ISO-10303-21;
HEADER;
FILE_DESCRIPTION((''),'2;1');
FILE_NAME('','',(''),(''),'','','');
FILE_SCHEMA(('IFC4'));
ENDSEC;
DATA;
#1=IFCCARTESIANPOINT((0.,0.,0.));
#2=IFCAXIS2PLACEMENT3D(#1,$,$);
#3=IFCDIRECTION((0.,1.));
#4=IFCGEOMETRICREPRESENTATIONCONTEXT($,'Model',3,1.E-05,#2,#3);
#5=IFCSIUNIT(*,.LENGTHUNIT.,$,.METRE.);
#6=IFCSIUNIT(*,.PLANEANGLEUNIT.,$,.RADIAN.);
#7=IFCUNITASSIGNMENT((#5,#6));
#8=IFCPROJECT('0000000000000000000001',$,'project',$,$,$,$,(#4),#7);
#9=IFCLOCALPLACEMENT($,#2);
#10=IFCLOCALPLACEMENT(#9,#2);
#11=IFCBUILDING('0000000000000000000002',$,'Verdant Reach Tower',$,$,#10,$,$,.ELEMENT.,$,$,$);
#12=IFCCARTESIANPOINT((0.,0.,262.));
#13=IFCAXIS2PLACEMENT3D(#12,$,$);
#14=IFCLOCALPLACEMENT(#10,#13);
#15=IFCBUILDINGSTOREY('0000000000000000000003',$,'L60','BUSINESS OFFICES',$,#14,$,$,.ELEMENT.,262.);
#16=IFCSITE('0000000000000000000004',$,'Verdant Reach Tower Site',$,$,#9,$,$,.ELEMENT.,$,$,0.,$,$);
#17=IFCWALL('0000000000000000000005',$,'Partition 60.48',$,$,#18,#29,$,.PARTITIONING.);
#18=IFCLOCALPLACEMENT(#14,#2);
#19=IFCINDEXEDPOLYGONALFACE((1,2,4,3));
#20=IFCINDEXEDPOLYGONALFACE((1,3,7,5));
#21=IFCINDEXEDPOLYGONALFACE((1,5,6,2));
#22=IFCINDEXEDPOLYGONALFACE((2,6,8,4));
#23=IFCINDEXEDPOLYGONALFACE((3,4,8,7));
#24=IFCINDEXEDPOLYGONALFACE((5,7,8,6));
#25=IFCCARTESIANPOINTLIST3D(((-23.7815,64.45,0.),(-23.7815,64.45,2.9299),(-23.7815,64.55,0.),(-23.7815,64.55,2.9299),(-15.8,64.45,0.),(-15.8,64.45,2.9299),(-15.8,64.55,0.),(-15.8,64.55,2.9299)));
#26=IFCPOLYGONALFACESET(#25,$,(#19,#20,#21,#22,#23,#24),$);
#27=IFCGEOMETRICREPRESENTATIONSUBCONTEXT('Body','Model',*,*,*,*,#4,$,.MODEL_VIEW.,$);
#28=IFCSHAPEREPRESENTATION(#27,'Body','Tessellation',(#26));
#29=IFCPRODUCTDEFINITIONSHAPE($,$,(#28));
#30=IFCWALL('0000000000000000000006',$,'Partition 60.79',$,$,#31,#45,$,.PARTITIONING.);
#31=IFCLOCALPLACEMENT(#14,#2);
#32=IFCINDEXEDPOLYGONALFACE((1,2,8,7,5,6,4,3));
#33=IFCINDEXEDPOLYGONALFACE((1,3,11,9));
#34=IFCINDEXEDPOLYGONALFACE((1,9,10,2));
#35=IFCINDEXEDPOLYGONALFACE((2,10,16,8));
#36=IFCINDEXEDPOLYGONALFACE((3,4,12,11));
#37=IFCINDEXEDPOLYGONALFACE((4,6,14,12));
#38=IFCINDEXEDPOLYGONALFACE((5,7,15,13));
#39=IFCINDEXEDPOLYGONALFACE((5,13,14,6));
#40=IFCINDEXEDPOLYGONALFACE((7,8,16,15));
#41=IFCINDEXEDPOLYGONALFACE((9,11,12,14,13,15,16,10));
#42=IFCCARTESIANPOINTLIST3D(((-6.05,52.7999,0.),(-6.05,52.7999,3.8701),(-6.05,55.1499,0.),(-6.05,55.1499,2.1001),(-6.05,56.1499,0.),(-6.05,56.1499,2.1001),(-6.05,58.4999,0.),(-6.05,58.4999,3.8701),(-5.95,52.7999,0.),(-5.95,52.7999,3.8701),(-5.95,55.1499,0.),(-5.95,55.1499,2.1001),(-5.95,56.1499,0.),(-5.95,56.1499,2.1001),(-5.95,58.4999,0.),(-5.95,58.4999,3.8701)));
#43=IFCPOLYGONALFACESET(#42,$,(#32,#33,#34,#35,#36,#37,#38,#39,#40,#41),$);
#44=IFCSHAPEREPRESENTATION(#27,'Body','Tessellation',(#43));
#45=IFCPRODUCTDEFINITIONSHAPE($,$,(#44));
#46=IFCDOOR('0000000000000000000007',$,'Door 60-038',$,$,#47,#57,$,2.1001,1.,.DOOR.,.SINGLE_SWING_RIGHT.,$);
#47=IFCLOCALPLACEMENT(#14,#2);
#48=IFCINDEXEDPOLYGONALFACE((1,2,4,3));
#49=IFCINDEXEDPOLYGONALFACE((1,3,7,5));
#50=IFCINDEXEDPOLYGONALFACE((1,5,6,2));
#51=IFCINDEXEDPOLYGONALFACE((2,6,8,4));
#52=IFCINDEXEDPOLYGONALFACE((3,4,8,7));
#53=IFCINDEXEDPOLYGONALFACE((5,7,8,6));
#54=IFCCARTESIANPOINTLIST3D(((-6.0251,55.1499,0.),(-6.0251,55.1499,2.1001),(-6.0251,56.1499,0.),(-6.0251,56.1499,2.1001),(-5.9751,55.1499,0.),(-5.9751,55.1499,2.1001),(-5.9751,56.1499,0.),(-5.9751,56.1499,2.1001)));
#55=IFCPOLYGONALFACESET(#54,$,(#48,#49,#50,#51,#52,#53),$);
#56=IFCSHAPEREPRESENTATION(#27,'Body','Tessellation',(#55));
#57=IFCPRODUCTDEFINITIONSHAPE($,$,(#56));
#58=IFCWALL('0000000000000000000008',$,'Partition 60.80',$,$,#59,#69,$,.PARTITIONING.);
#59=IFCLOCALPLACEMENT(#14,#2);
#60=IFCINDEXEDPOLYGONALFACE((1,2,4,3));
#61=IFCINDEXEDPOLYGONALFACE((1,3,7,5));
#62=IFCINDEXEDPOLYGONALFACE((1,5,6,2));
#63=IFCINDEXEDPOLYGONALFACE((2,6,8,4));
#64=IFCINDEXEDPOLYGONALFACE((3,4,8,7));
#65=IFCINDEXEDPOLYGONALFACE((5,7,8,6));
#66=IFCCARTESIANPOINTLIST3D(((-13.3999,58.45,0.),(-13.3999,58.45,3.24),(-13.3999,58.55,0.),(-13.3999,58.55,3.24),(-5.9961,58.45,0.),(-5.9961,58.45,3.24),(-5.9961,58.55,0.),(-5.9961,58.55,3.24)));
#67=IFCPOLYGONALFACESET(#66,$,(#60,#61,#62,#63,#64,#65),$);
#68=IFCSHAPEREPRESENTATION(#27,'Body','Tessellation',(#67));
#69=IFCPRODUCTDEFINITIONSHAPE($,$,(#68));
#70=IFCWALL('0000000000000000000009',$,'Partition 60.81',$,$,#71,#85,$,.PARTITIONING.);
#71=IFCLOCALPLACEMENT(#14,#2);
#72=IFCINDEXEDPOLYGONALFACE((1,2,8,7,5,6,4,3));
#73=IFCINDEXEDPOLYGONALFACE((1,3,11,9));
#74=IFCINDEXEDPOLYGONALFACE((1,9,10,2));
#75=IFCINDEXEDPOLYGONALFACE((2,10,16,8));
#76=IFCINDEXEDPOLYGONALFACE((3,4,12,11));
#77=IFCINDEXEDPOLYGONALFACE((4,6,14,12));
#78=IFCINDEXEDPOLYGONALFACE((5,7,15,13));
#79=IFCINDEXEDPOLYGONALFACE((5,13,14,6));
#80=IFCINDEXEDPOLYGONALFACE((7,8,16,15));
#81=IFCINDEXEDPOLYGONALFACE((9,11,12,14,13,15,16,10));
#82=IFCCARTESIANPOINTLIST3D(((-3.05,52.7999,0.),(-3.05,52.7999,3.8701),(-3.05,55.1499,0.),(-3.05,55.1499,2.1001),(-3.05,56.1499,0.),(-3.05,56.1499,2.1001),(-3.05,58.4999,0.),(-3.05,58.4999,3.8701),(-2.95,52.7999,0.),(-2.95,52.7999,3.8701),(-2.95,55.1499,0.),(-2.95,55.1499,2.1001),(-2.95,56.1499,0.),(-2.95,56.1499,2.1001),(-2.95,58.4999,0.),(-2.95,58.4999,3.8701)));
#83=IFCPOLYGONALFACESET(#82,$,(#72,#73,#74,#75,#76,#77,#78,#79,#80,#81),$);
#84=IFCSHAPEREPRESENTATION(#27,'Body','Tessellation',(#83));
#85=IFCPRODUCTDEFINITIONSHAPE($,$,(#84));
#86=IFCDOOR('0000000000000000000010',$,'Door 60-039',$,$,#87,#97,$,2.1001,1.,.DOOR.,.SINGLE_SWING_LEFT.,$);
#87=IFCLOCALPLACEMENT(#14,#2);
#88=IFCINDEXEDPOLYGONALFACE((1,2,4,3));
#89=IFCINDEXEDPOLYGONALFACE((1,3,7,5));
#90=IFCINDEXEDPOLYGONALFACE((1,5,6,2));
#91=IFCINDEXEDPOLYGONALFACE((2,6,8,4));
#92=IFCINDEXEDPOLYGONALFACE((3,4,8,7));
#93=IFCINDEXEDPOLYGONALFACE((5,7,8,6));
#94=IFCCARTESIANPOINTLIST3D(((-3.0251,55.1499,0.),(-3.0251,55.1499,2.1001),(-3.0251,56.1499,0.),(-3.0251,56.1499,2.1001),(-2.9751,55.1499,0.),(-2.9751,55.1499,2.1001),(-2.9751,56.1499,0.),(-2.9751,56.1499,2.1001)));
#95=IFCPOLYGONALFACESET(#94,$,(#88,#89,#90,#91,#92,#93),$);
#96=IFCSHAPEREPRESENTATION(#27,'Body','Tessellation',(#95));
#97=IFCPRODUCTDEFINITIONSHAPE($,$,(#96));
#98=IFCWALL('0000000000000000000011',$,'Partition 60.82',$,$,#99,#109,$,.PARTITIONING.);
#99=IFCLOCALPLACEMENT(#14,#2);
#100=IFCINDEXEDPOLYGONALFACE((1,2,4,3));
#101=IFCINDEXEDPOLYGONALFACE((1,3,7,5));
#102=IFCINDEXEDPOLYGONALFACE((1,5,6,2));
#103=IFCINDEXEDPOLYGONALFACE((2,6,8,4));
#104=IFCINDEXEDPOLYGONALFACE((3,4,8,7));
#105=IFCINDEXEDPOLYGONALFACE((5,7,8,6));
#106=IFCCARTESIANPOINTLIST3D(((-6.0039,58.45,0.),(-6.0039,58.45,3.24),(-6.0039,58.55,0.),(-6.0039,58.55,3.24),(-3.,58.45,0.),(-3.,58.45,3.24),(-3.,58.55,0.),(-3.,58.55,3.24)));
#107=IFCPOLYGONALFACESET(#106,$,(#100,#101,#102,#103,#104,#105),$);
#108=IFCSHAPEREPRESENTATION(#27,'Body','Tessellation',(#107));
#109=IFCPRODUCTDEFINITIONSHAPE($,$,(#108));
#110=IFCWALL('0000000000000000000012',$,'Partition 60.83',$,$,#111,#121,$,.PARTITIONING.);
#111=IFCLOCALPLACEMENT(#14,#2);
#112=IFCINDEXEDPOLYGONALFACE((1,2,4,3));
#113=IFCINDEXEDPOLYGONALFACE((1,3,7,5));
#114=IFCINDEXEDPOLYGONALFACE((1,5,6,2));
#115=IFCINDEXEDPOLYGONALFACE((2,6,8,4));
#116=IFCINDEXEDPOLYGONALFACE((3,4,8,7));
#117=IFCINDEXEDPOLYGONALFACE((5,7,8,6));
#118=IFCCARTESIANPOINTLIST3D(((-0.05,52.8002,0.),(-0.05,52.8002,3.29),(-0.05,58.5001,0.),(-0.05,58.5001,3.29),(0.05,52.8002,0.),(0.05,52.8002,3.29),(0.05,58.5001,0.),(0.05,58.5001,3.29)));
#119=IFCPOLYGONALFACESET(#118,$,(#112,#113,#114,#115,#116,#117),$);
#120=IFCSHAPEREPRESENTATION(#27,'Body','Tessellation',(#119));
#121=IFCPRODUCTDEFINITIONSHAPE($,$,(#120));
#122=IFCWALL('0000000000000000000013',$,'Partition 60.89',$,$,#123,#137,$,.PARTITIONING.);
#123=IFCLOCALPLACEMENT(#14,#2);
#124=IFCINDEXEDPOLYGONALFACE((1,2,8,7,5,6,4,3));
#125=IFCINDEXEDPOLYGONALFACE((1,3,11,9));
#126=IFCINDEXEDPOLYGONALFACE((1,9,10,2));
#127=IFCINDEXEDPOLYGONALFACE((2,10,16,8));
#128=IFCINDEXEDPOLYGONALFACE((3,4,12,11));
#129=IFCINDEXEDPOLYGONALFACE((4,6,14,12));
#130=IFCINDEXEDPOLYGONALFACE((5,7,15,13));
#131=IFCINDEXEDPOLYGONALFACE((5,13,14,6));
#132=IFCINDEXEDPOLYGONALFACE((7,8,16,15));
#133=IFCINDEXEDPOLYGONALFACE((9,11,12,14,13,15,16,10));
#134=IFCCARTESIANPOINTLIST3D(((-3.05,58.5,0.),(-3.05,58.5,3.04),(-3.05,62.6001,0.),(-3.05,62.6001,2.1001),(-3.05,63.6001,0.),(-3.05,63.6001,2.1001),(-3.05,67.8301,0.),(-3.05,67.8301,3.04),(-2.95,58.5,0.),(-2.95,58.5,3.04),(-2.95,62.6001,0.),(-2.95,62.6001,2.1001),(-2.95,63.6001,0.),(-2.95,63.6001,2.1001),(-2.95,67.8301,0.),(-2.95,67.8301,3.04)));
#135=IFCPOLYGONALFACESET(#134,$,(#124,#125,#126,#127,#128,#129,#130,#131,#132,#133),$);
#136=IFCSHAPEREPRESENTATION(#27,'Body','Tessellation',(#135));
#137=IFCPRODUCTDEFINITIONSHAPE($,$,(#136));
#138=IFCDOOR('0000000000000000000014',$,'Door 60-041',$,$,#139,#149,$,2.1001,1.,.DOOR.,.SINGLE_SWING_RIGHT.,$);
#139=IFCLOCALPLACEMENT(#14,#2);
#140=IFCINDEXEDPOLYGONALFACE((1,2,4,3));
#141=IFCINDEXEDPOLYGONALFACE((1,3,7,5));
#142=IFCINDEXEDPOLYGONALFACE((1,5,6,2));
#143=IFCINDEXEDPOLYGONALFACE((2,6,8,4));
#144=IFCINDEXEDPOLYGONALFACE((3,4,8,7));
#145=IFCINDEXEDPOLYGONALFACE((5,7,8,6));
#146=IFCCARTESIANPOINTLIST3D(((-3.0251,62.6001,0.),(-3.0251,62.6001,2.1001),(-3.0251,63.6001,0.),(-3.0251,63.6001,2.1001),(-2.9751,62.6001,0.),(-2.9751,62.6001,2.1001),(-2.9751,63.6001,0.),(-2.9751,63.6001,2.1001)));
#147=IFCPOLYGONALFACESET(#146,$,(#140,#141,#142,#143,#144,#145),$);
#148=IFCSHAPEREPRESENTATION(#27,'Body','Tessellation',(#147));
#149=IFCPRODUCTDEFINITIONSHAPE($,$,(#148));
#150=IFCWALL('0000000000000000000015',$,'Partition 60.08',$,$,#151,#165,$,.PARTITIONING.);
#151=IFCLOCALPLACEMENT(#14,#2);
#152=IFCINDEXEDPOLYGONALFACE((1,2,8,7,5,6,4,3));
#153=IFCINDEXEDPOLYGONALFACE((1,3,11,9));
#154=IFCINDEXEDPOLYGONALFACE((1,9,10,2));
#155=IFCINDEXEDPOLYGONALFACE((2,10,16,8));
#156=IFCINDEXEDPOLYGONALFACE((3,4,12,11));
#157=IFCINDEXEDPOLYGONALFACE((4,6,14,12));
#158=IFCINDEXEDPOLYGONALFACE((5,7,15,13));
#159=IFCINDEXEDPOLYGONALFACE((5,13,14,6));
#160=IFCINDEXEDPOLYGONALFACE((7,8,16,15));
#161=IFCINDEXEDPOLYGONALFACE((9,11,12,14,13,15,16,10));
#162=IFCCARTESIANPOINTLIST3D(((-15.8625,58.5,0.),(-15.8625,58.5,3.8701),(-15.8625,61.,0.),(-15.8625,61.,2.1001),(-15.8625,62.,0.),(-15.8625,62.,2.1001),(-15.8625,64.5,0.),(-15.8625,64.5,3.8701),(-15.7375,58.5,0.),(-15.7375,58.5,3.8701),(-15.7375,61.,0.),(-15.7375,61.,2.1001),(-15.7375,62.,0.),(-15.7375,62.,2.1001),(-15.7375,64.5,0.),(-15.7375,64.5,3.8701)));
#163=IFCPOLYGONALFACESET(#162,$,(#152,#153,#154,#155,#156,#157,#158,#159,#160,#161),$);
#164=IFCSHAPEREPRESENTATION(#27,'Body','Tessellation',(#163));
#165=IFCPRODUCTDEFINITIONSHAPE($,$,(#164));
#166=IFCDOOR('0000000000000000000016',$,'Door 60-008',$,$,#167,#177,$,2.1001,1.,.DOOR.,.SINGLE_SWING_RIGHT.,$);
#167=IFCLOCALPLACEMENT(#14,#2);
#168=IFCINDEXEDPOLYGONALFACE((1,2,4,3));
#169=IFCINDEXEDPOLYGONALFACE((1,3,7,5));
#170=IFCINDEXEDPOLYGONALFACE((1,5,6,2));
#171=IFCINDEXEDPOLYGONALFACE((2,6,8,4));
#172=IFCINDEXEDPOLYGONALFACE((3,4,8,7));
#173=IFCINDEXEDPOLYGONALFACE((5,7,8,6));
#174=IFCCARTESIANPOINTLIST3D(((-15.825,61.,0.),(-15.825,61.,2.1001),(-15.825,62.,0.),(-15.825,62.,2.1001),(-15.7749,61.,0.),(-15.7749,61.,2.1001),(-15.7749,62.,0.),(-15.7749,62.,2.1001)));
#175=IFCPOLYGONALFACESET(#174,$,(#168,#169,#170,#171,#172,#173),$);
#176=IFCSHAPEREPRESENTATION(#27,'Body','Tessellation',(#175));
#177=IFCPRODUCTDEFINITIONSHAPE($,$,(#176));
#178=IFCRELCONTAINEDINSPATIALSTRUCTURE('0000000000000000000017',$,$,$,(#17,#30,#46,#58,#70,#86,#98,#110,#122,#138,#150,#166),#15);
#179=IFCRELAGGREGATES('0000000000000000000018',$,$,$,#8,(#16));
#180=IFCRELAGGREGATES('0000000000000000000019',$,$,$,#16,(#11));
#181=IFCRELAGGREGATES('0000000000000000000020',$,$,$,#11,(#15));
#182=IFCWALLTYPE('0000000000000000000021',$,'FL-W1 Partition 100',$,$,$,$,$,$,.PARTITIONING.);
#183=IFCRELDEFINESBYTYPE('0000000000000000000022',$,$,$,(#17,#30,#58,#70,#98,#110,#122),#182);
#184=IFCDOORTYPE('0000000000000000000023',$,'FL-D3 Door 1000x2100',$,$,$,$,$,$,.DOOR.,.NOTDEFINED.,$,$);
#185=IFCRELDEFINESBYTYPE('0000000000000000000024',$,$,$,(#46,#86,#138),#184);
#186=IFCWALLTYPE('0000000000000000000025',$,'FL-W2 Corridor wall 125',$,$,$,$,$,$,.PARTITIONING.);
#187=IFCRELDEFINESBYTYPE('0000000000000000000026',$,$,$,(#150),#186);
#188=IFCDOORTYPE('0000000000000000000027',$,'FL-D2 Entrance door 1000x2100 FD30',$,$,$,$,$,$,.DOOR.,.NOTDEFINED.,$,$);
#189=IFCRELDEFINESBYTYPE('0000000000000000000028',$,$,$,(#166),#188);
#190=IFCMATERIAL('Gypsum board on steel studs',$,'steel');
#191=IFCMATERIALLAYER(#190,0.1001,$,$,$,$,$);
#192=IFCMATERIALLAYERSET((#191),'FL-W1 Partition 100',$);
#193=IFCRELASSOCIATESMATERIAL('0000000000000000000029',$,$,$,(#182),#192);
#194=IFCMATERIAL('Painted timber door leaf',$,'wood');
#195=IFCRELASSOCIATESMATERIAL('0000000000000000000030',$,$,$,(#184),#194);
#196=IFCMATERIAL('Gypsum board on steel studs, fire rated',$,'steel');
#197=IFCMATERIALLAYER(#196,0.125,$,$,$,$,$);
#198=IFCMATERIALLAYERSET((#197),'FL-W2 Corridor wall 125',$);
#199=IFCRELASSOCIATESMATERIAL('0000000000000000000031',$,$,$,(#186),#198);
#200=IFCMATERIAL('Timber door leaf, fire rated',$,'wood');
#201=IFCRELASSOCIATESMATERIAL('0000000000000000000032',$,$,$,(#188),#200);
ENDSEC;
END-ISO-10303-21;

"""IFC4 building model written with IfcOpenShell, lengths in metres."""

from ifc_helpers import new_model, si_unit, direction, frame, frame_2d, origin, place, context, subcontext, project, spatial, rectangle, extrude, material, layer, layer_set, type_object, element, fill, save


model = new_model("IFC4")

# Units and contexts
model_context = context("Model", 3, precision=1e-05, world=origin(), true_north=direction((0.0, 1.0)))
body_context = subcontext(model_context, "Body", "Model", "MODEL_VIEW")
ifc_project = project(units=[si_unit("LENGTHUNIT", "METRE"), si_unit("PLANEANGLEUNIT", "RADIAN")], contexts=[model_context])

# Site, building, storey
site_placement = place(None, origin())
site = spatial("IfcSite", under=ifc_project, at=site_placement, Name="Verdant Reach Tower Site", CompositionType="ELEMENT", RefElevation=0.0)
building_placement = place(site_placement, origin())
building = spatial("IfcBuilding", under=site, at=building_placement, Name="Verdant Reach Tower", CompositionType="ELEMENT")
storey_placement = place(building_placement, frame((0.0, 0.0, 262.0)))
storey = spatial("IfcBuildingStorey", under=building, at=storey_placement, Name="L60", Description="BUSINESS OFFICES", CompositionType="ELEMENT", Elevation=262.0)

# Wall
ifc_material_1 = material(Name="Gypsum board on steel studs", Category="steel")
ifc_layer_1 = layer(ifc_material_1, 0.1001)
ifc_layer_set_1 = layer_set([ifc_layer_1], Name="FL-W1 Partition 100")
wall_type_1 = type_object("IfcWallType", Name="FL-W1 Partition 100", PredefinedType="PARTITIONING", material=ifc_layer_set_1)
wall_1_placement = place(storey_placement, frame((-15.8, 64.5, 0.0), z_axis=(0.0, 0.0, 1.0), x_axis=(-1.0, 0.0, 0.0)))
element("IfcWall", 1, at=wall_1_placement, inside=storey, type_object=wall_type_1, Name="Partition 60.48", PredefinedType="PARTITIONING", context=body_context, shape_type="SweptSolid", body=[
    extrude(rectangle(XDim=7.9814, YDim=0.1001, at=frame_2d((3.9907, 0.0))), origin(), (0.0, 0.0, 1.0), 2.9299),
])

# Wall, opening, door
wall_2_placement = place(storey_placement, frame((-6.0, 58.5, 0.0), z_axis=(0.0, 0.0, 1.0), x_axis=(0.0, -1.0, 0.0)))
wall_2 = element("IfcWall", 2, at=wall_2_placement, inside=storey, type_object=wall_type_1, Name="Partition 60.79", PredefinedType="PARTITIONING", context=body_context, shape_type="SweptSolid", body=[
    extrude(rectangle(XDim=5.7, YDim=0.1001, at=frame_2d((2.8501, 0.0))), origin(), (0.0, 0.0, 1.0), 3.8701),
])
opening_1_placement = place(wall_2_placement, frame((2.3501, 0.0, 0.0)))
opening_1 = element("IfcOpeningElement", 3, at=opening_1_placement, cuts=wall_2, PredefinedType="OPENING", context=body_context, shape_type="SweptSolid", body=[
    extrude(rectangle(XDim=1.0, YDim=2.1001, at=frame_2d((0.5, 1.05))), frame((0.0, 0.0601, 0.0), z_axis=(0.0, -1.0, 0.0), x_axis=(1.0, 0.0, 0.0)), (0.0, 0.0, 1.0), 0.1201),
])
ifc_material_2 = material(Name="Painted timber door leaf", Category="wood")
door_type_1 = type_object("IfcDoorType", Name="FL-D3 Door 1000x2100", OperationType="NOTDEFINED", PredefinedType="DOOR", material=ifc_material_2)
door_1_placement = place(opening_1_placement, origin())
door_1 = element("IfcDoor", 4, at=door_1_placement, inside=storey, type_object=door_type_1, Name="Door 60-038", OperationType="SINGLE_SWING_RIGHT", OverallHeight=2.1001, OverallWidth=1.0, PredefinedType="DOOR", context=body_context, shape_type="SweptSolid", body=[
    extrude(rectangle(XDim=1.0, YDim=2.1001, at=frame_2d((0.5, 1.05))), frame((0.0, 0.0249, 0.0), z_axis=(0.0, -1.0, 0.0), x_axis=(1.0, 0.0, 0.0)), (0.0, 0.0, 1.0), 0.05),
])
fill(opening_1, door_1)

# Wall
wall_3_placement = place(storey_placement, frame((-5.9961, 58.5, 0.0), z_axis=(0.0, 0.0, 1.0), x_axis=(-1.0, 0.0, 0.0)))
element("IfcWall", 5, at=wall_3_placement, inside=storey, type_object=wall_type_1, Name="Partition 60.80", PredefinedType="PARTITIONING", context=body_context, shape_type="SweptSolid", body=[
    extrude(rectangle(XDim=7.4038, YDim=0.1001, at=frame_2d((3.7019, 0.0))), origin(), (0.0, 0.0, 1.0), 3.24),
])

# Wall, opening, door
wall_4_placement = place(storey_placement, frame((-3.0, 58.5, 0.0), z_axis=(0.0, 0.0, 1.0), x_axis=(0.0, -1.0, 0.0)))
wall_4 = element("IfcWall", 6, at=wall_4_placement, inside=storey, type_object=wall_type_1, Name="Partition 60.81", PredefinedType="PARTITIONING", context=body_context, shape_type="SweptSolid", body=[
    extrude(rectangle(XDim=5.7, YDim=0.1001, at=frame_2d((2.8501, 0.0))), origin(), (0.0, 0.0, 1.0), 3.8701),
])
opening_2_placement = place(wall_4_placement, frame((2.3501, 0.0, 0.0)))
opening_2 = element("IfcOpeningElement", 7, at=opening_2_placement, cuts=wall_4, PredefinedType="OPENING", context=body_context, shape_type="SweptSolid", body=[
    extrude(rectangle(XDim=1.0, YDim=2.1001, at=frame_2d((0.5, 1.05))), frame((0.0, 0.0601, 0.0), z_axis=(0.0, -1.0, 0.0), x_axis=(1.0, 0.0, 0.0)), (0.0, 0.0, 1.0), 0.1201),
])
door_2_placement = place(opening_2_placement, origin())
door_2 = element("IfcDoor", 8, at=door_2_placement, inside=storey, type_object=door_type_1, Name="Door 60-039", OperationType="SINGLE_SWING_LEFT", OverallHeight=2.1001, OverallWidth=1.0, PredefinedType="DOOR", context=body_context, shape_type="SweptSolid", body=[
    extrude(rectangle(XDim=1.0, YDim=2.1001, at=frame_2d((0.5, 1.05))), frame((0.0, 0.0249, 0.0), z_axis=(0.0, -1.0, 0.0), x_axis=(1.0, 0.0, 0.0)), (0.0, 0.0, 1.0), 0.05),
])
fill(opening_2, door_2)

# Walls
wall_5_placement = place(storey_placement, frame((-3.0, 58.5, 0.0), z_axis=(0.0, 0.0, 1.0), x_axis=(-1.0, 0.0, 0.0)))
element("IfcWall", 9, at=wall_5_placement, inside=storey, type_object=wall_type_1, Name="Partition 60.82", PredefinedType="PARTITIONING", context=body_context, shape_type="SweptSolid", body=[
    extrude(rectangle(XDim=3.0039, YDim=0.1001, at=frame_2d((1.502, 0.0))), origin(), (0.0, 0.0, 1.0), 3.24),
])
wall_6_placement = place(storey_placement, frame((0.0, 52.8, 0.0), z_axis=(0.0, 0.0, 1.0), x_axis=(0.0, 1.0, 0.0)))
element("IfcWall", 10, at=wall_6_placement, inside=storey, type_object=wall_type_1, Name="Partition 60.83", PredefinedType="PARTITIONING", context=body_context, shape_type="SweptSolid", body=[
    extrude(rectangle(XDim=5.7, YDim=0.1001, at=frame_2d((2.8501, 0.0))), origin(), (0.0, 0.0, 1.0), 3.29),
])

# Walls, openings, doors
wall_7_placement = place(storey_placement, frame((-3.0, 67.8301, 0.0), z_axis=(0.0, 0.0, 1.0), x_axis=(0.0, -1.0, 0.0)))
wall_7 = element("IfcWall", 11, at=wall_7_placement, inside=storey, type_object=wall_type_1, Name="Partition 60.89", PredefinedType="PARTITIONING", context=body_context, shape_type="SweptSolid", body=[
    extrude(rectangle(XDim=9.3301, YDim=0.1001, at=frame_2d((4.665, 0.0))), origin(), (0.0, 0.0, 1.0), 3.04),
])
opening_3_placement = place(wall_7_placement, frame((4.23, 0.0, 0.0)))
opening_3 = element("IfcOpeningElement", 12, at=opening_3_placement, cuts=wall_7, PredefinedType="OPENING", context=body_context, shape_type="SweptSolid", body=[
    extrude(rectangle(XDim=1.0, YDim=2.1001, at=frame_2d((0.5, 1.05))), frame((0.0, 0.0601, 0.0), z_axis=(0.0, -1.0, 0.0), x_axis=(1.0, 0.0, 0.0)), (0.0, 0.0, 1.0), 0.1201),
])
door_3_placement = place(opening_3_placement, origin())
door_3 = element("IfcDoor", 13, at=door_3_placement, inside=storey, type_object=door_type_1, Name="Door 60-041", OperationType="SINGLE_SWING_RIGHT", OverallHeight=2.1001, OverallWidth=1.0, PredefinedType="DOOR", context=body_context, shape_type="SweptSolid", body=[
    extrude(rectangle(XDim=1.0, YDim=2.1001, at=frame_2d((0.5, 1.05))), frame((0.0, 0.0249, 0.0), z_axis=(0.0, -1.0, 0.0), x_axis=(1.0, 0.0, 0.0)), (0.0, 0.0, 1.0), 0.05),
])
fill(opening_3, door_3)
ifc_material_3 = material(Name="Gypsum board on steel studs, fire rated", Category="steel")
ifc_layer_2 = layer(ifc_material_3, 0.125)
ifc_layer_set_2 = layer_set([ifc_layer_2], Name="FL-W2 Corridor wall 125")
wall_type_2 = type_object("IfcWallType", Name="FL-W2 Corridor wall 125", PredefinedType="PARTITIONING", material=ifc_layer_set_2)
wall_8_placement = place(storey_placement, frame((-15.8, 58.5, 0.0), z_axis=(0.0, 0.0, 1.0), x_axis=(0.0, 1.0, 0.0)))
wall_8 = element("IfcWall", 14, at=wall_8_placement, inside=storey, type_object=wall_type_2, Name="Partition 60.08", PredefinedType="PARTITIONING", context=body_context, shape_type="SweptSolid", body=[
    extrude(rectangle(XDim=6.0, YDim=0.125, at=frame_2d((3.0, 0.0))), origin(), (0.0, 0.0, 1.0), 3.8701),
])
opening_4_placement = place(wall_8_placement, frame((2.5, 0.0, 0.0)))
opening_4 = element("IfcOpeningElement", 15, at=opening_4_placement, cuts=wall_8, PredefinedType="OPENING", context=body_context, shape_type="SweptSolid", body=[
    extrude(rectangle(XDim=1.0, YDim=2.1001, at=frame_2d((0.5, 1.05))), frame((0.0, 0.0725, 0.0), z_axis=(0.0, -1.0, 0.0), x_axis=(1.0, 0.0, 0.0)), (0.0, 0.0, 1.0), 0.145),
])
ifc_material_4 = material(Name="Timber door leaf, fire rated", Category="wood")
door_type_2 = type_object("IfcDoorType", Name="FL-D2 Entrance door 1000x2100 FD30", OperationType="NOTDEFINED", PredefinedType="DOOR", material=ifc_material_4)
door_4_placement = place(opening_4_placement, origin())
door_4 = element("IfcDoor", 16, at=door_4_placement, inside=storey, type_object=door_type_2, Name="Door 60-008", OperationType="SINGLE_SWING_RIGHT", OverallHeight=2.1001, OverallWidth=1.0, PredefinedType="DOOR", context=body_context, shape_type="SweptSolid", body=[
    extrude(rectangle(XDim=1.0, YDim=2.1001, at=frame_2d((0.5, 1.05))), frame((0.0, 0.0249, 0.0), z_axis=(0.0, -1.0, 0.0), x_axis=(1.0, 0.0, 0.0)), (0.0, 0.0, 1.0), 0.05),
])
fill(opening_4, door_4)

save(model, "model.ifc")
